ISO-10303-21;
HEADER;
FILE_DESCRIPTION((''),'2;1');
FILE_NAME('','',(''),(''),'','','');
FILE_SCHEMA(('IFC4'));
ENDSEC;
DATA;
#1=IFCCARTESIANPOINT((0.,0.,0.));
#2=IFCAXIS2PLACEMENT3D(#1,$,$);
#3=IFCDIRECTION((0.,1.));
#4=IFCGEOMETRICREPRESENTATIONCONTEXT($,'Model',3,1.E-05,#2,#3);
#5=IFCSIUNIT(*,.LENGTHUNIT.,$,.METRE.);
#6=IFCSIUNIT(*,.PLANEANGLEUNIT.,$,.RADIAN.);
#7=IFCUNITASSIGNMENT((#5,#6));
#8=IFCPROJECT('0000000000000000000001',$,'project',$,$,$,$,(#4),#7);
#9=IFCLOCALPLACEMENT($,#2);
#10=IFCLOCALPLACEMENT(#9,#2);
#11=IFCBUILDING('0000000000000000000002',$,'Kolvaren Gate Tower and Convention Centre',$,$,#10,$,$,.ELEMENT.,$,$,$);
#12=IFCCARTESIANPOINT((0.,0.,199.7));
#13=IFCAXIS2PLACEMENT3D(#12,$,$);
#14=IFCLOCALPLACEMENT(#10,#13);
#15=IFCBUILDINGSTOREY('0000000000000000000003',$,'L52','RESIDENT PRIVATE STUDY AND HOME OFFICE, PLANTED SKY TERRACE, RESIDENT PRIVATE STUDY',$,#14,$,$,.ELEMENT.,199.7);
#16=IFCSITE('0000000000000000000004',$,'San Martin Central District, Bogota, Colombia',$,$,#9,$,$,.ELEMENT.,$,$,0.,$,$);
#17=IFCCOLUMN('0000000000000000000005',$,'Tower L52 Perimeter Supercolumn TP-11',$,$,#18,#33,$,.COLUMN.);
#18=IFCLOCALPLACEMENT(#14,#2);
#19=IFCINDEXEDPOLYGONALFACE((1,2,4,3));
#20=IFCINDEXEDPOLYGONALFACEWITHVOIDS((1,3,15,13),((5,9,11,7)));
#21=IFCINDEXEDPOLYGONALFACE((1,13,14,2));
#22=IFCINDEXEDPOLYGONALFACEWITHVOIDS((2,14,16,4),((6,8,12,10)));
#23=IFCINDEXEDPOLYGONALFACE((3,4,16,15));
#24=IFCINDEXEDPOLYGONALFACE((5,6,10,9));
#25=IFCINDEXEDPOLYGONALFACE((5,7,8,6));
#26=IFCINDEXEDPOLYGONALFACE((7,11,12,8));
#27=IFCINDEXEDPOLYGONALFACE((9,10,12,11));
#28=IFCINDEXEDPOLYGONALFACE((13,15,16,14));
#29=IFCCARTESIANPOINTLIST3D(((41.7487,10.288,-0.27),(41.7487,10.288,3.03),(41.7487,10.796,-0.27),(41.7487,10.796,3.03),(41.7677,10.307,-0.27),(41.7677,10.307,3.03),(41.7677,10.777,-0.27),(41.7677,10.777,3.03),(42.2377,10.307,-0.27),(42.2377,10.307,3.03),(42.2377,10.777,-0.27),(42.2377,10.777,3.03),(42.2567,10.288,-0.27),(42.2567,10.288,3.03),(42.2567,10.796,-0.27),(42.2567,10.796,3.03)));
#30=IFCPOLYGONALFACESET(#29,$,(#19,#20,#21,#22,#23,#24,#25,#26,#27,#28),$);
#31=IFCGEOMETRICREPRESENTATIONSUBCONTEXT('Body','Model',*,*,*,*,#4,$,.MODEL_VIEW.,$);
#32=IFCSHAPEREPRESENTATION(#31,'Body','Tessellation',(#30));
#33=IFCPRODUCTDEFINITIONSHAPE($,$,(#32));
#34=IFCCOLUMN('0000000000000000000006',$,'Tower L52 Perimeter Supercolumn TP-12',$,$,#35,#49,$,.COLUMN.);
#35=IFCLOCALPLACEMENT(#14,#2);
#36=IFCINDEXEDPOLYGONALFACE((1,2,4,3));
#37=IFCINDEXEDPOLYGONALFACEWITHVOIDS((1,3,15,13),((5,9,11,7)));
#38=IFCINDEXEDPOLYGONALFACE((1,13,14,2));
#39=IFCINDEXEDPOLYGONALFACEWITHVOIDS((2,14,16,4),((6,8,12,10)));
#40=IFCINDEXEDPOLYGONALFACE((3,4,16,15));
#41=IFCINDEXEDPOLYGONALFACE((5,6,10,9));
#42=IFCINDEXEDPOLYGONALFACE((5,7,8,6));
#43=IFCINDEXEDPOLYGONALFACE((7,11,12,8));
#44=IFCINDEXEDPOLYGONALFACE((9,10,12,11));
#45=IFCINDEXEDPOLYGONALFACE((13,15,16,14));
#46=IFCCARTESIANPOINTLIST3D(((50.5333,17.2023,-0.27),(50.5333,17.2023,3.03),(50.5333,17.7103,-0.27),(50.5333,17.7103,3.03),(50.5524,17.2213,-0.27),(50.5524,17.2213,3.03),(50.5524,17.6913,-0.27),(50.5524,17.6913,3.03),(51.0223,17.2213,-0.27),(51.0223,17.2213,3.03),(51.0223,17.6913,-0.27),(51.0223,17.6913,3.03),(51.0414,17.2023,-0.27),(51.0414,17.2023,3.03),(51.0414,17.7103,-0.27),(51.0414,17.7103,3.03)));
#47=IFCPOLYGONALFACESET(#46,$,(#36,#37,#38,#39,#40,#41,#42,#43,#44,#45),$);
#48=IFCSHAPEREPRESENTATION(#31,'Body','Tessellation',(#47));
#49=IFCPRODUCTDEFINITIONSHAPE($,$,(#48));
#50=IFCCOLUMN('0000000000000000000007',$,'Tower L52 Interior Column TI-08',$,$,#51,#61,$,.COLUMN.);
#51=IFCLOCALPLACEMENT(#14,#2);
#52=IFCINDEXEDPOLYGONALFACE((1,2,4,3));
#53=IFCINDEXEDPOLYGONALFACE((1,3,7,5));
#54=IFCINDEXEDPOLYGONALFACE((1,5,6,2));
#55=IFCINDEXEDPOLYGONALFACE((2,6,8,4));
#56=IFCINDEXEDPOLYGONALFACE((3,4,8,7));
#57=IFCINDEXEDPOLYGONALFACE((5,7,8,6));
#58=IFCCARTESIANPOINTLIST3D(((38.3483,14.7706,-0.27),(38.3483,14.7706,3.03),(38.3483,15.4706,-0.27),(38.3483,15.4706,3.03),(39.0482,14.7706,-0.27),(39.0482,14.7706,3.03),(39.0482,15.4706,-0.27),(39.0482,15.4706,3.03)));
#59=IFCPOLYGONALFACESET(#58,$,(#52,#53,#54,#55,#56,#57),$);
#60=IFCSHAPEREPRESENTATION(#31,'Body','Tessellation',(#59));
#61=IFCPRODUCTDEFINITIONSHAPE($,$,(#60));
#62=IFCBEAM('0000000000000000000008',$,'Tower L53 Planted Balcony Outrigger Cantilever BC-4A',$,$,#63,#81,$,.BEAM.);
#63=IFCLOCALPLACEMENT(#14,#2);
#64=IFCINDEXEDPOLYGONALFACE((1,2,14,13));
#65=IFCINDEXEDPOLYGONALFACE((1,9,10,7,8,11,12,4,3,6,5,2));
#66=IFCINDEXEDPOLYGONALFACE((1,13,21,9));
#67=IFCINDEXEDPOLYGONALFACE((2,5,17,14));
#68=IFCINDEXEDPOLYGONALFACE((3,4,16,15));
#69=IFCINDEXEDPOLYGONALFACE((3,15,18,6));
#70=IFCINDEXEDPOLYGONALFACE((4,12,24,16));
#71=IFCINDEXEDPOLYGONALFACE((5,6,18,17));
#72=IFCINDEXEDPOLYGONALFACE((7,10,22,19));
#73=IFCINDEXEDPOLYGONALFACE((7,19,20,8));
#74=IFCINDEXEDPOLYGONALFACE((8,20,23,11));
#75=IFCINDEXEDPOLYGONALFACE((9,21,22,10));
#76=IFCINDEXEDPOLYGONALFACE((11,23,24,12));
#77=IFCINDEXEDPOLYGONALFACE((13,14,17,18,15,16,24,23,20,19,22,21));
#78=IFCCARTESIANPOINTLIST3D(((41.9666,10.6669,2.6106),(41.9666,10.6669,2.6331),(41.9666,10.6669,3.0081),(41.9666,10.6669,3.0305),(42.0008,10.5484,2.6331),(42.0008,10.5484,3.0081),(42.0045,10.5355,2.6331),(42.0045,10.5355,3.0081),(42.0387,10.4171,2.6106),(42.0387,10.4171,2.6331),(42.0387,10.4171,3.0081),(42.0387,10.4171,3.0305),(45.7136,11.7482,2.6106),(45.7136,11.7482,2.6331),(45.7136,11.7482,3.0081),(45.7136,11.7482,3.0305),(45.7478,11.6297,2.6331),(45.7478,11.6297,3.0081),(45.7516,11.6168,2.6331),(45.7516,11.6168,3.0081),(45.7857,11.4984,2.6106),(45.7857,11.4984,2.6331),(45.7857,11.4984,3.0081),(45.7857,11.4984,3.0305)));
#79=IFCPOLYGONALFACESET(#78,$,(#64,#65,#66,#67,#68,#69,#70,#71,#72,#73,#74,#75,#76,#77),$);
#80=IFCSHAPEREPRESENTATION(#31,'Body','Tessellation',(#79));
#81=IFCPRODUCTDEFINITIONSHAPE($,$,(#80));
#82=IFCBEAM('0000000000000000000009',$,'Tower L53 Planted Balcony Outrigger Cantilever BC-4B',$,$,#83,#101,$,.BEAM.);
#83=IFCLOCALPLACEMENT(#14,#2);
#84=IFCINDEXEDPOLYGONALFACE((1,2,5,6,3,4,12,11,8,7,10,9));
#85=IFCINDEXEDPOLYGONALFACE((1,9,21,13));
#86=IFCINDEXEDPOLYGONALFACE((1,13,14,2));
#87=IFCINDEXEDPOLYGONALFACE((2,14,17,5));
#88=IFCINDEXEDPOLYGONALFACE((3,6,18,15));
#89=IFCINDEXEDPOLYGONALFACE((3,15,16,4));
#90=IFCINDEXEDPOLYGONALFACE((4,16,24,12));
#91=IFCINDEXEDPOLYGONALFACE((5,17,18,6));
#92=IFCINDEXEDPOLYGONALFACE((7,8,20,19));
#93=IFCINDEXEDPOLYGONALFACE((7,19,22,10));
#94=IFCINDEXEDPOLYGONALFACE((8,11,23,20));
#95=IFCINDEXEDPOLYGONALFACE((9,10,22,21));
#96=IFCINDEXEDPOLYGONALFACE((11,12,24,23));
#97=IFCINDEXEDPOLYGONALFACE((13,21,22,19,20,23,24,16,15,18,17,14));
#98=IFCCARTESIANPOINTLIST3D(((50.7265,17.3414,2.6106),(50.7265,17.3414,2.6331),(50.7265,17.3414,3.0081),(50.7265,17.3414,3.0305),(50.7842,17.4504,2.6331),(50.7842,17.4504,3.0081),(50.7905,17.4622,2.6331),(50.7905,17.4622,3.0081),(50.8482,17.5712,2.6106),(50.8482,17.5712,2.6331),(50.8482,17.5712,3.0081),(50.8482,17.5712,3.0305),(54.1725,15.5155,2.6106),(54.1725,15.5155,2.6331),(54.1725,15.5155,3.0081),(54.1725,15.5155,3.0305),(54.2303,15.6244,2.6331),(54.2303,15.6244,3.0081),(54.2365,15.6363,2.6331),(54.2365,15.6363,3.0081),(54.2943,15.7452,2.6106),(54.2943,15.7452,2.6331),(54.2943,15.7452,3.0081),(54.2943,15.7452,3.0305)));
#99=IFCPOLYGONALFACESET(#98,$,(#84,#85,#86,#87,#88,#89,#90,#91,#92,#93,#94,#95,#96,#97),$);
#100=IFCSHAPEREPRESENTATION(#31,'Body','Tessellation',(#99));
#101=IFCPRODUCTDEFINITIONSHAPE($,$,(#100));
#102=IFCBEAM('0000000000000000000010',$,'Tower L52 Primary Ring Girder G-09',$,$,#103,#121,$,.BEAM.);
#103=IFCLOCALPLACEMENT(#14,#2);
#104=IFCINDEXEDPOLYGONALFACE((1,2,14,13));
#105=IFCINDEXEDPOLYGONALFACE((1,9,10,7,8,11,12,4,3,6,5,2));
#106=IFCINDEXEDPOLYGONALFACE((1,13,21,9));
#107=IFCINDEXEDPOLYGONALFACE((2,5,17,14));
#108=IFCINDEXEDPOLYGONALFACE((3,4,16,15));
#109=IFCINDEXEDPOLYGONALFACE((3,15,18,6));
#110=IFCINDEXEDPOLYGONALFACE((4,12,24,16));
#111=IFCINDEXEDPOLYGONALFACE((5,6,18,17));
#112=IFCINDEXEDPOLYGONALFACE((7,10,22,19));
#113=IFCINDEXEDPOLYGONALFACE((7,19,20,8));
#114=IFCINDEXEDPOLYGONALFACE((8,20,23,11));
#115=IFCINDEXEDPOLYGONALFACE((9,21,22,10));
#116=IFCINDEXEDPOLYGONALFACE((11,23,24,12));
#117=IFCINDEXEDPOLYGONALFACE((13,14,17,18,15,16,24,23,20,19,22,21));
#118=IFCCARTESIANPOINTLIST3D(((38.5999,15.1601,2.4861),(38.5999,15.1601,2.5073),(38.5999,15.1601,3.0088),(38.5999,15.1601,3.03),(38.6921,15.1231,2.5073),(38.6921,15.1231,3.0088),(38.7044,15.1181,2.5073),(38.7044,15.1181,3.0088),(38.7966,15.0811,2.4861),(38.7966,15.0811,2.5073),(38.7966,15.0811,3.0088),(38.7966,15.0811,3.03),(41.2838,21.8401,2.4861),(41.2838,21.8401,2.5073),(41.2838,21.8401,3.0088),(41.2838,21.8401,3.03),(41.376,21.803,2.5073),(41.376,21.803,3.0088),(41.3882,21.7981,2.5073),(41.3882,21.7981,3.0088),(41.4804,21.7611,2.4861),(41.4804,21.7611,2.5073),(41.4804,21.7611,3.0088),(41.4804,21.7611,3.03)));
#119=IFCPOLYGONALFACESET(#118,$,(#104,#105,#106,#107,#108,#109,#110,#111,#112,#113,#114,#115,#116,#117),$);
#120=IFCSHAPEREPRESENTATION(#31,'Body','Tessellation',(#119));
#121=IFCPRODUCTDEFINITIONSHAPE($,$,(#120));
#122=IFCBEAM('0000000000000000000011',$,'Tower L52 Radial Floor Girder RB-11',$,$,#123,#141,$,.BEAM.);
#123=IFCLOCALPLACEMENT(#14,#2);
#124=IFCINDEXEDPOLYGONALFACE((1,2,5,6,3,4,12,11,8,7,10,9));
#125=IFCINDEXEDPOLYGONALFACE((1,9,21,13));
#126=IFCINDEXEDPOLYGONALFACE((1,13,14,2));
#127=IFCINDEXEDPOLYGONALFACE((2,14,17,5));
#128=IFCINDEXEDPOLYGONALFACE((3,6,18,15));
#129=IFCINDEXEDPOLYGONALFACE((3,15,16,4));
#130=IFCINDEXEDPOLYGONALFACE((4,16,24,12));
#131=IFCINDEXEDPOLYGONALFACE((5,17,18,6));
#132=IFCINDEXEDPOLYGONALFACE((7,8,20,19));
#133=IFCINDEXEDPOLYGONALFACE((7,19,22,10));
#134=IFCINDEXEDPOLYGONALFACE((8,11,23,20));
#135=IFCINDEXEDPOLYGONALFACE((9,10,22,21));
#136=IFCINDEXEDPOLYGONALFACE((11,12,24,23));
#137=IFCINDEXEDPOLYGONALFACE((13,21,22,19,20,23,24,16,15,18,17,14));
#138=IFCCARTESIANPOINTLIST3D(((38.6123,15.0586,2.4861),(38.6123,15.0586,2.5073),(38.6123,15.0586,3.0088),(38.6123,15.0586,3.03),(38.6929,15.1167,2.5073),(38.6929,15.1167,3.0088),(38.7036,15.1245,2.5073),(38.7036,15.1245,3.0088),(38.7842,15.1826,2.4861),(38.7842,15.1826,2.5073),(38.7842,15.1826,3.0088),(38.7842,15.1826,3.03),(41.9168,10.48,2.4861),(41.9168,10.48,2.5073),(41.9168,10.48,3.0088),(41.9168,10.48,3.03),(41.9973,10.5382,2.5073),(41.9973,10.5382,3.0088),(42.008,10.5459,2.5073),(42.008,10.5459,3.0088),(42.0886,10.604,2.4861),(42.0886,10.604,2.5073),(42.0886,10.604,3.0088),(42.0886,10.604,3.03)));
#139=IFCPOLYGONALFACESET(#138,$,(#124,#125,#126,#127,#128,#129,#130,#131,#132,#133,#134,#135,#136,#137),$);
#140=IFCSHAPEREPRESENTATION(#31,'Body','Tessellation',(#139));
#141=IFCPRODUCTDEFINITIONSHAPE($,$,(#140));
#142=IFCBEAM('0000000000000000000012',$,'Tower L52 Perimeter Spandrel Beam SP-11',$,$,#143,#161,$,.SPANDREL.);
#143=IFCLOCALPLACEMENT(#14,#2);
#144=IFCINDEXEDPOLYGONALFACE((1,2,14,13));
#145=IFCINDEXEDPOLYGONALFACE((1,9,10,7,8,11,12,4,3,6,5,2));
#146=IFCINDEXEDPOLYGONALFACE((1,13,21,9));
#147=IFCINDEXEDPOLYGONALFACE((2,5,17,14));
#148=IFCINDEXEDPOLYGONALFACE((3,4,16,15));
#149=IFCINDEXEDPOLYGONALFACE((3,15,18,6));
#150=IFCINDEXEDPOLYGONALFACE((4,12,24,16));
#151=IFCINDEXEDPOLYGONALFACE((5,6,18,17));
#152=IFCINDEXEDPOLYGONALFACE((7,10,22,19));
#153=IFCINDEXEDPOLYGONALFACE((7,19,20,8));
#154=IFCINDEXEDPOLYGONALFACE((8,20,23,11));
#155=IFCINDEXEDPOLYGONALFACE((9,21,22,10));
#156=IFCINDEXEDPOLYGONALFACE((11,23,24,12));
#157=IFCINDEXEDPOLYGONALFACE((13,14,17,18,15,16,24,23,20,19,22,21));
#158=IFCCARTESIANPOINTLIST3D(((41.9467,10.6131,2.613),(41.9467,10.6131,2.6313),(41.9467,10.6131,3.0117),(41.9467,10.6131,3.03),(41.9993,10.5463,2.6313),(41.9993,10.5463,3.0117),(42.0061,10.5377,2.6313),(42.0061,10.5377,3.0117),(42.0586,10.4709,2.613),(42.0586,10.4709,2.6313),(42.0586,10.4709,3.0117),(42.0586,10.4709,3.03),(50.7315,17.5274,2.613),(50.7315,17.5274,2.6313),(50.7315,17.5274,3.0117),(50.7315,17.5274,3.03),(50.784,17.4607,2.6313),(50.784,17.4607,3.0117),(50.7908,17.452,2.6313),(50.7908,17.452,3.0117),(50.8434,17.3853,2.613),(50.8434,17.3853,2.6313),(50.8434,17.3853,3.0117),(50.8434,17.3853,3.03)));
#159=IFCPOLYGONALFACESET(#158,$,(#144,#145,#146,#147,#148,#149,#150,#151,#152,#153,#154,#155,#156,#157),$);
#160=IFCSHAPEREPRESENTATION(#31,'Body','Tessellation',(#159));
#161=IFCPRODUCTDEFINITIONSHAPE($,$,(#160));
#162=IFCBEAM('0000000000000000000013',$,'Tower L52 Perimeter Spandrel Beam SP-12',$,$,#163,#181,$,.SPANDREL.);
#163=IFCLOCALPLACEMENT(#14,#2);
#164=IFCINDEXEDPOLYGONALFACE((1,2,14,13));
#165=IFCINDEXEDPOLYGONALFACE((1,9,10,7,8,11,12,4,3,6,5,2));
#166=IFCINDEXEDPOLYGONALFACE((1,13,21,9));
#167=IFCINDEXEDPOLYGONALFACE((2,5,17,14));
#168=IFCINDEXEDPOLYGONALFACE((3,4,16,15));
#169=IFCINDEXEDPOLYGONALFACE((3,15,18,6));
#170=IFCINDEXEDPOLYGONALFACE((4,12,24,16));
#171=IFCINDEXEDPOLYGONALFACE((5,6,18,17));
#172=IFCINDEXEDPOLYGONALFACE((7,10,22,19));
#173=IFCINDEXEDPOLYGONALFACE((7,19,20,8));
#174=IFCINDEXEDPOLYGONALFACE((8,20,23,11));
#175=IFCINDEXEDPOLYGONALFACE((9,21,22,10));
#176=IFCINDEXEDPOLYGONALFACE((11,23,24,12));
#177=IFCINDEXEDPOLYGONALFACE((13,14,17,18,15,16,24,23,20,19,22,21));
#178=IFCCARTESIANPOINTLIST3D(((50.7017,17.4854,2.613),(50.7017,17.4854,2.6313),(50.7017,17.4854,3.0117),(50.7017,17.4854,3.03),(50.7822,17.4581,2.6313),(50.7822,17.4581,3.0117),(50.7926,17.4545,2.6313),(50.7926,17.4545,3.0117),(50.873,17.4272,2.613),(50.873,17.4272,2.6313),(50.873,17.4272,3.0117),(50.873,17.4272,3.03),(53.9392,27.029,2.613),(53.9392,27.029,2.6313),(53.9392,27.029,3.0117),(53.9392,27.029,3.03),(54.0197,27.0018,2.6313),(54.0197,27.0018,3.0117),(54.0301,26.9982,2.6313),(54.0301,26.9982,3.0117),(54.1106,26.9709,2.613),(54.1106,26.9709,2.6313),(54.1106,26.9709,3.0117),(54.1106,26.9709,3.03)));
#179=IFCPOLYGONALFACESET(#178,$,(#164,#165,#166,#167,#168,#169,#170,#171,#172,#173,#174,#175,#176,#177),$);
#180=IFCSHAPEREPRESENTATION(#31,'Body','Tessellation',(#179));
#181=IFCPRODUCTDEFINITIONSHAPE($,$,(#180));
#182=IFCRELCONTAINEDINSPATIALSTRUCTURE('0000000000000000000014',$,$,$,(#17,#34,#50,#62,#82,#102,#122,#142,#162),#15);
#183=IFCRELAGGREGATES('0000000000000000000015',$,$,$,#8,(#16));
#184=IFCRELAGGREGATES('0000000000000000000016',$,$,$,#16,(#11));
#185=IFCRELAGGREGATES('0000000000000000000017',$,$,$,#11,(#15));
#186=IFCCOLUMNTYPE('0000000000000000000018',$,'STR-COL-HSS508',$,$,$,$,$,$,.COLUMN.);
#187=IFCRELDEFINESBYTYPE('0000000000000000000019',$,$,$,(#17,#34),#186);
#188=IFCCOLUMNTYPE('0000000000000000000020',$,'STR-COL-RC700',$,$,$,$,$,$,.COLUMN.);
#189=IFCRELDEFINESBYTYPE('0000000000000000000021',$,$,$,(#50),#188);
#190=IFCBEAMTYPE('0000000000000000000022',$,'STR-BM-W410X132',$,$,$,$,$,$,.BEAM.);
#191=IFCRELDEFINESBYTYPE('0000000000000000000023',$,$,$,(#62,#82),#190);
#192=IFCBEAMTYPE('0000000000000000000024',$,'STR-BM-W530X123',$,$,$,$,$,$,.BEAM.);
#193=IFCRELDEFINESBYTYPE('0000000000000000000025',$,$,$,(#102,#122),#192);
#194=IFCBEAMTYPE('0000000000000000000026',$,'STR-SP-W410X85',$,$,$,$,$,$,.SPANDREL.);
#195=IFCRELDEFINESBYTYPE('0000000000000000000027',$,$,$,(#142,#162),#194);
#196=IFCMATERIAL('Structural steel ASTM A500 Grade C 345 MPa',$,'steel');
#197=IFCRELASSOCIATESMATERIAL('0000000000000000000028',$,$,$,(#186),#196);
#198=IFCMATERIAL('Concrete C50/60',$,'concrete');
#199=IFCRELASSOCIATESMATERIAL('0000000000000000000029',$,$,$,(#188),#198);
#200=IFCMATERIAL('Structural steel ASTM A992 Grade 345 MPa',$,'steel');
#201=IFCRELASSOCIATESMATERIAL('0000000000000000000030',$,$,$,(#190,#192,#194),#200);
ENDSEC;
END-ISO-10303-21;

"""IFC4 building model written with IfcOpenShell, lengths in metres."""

from ifc_helpers import new_model, si_unit, direction, frame, origin, origin_2d, place, context, subcontext, project, spatial, rectangle, hollow_rectangle, i_section, extrude, material, material_profile, profile_set, type_object, element, save


model = new_model("IFC4")

# Units and contexts
model_context = context("Model", 3, precision=1e-05, world=origin(), true_north=direction((0.0, 1.0)))
body_context = subcontext(model_context, "Body", "Model", "MODEL_VIEW")
ifc_project = project(units=[si_unit("LENGTHUNIT", "METRE"), si_unit("PLANEANGLEUNIT", "RADIAN")], contexts=[model_context])

# Site, building, storey
site_placement = place(None, origin())
site = spatial("IfcSite", under=ifc_project, at=site_placement, Name="San Martin Central District, Bogota, Colombia", CompositionType="ELEMENT", RefElevation=0.0)
building_placement = place(site_placement, origin())
building = spatial("IfcBuilding", under=site, at=building_placement, Name="Kolvaren Gate Tower and Convention Centre", CompositionType="ELEMENT")
storey_placement = place(building_placement, frame((0.0, 0.0, 199.7)))
storey = spatial("IfcBuildingStorey", under=building, at=storey_placement, Name="L52", Description="RESIDENT PRIVATE STUDY AND HOME OFFICE, PLANTED SKY TERRACE, RESIDENT PRIVATE STUDY", CompositionType="ELEMENT", Elevation=199.7)

# Columns
ifc_material_1 = material(Name="Structural steel ASTM A500 Grade C 345 MPa", Category="steel")
ifc_material_profile_1 = material_profile(ifc_material_1, hollow_rectangle(XDim=0.5081, YDim=0.5081, WallThickness=0.019, at=origin_2d()), Name="HSS508X508X19.1")
ifc_profile_set_1 = profile_set([ifc_material_profile_1], Name="Structural steel ASTM A500 Grade C 345 MPa")
column_type_1 = type_object("IfcColumnType", Name="STR-COL-HSS508", PredefinedType="COLUMN", material=ifc_profile_set_1)
for number, where, z_axis, x_axis, name in (
    (1, (42.0027, 10.542, -0.27), (0.0, 0.0, 1.0), (1.0, 0.0, 0.0), "Tower L52 Perimeter Supercolumn TP-11"),
    (2, (50.7874, 17.4563, -0.27), (0.0, 0.0, 1.0), (1.0, 0.0, 0.0), "Tower L52 Perimeter Supercolumn TP-12"),
):
    element("IfcColumn", number, at=place(storey_placement, frame(where, z_axis=z_axis, x_axis=x_axis)), inside=storey, type_object=column_type_1, Name=name, PredefinedType="COLUMN", context=body_context, shape_type="SweptSolid", body=[
        extrude(hollow_rectangle(XDim=0.5081, YDim=0.5081, WallThickness=0.019, at=origin_2d()), origin(), (0.0, 0.0, 1.0), 3.3),
    ])
ifc_material_2 = material(Name="Concrete C50/60", Category="concrete")
ifc_material_profile_2 = material_profile(ifc_material_2, rectangle(XDim=0.7, YDim=0.7, at=origin_2d()), Name="RC-COL-700X700")
ifc_profile_set_2 = profile_set([ifc_material_profile_2], Name="Concrete C50/60")
column_type_2 = type_object("IfcColumnType", Name="STR-COL-RC700", PredefinedType="COLUMN", material=ifc_profile_set_2)
column_placement = place(storey_placement, frame((38.6982, 15.1206, -0.27), z_axis=(0.0, 0.0, 1.0), x_axis=(1.0, 0.0, 0.0)))
element("IfcColumn", 3, at=column_placement, inside=storey, type_object=column_type_2, Name="Tower L52 Interior Column TI-08", PredefinedType="COLUMN", context=body_context, shape_type="SweptSolid", body=[
    extrude(rectangle(XDim=0.7, YDim=0.7, at=origin_2d()), origin(), (0.0, 0.0, 1.0), 3.3),
])

# Beams
ifc_material_3 = material(Name="Structural steel ASTM A992 Grade 345 MPa", Category="steel")
ifc_material_profile_3 = material_profile(ifc_material_3, i_section(OverallWidth=0.26, OverallDepth=0.4199, WebThickness=0.0134, FlangeThickness=0.0225, at=origin_2d()), Name="W410X132")
ifc_profile_set_3 = profile_set([ifc_material_profile_3], Name="Structural steel ASTM A992 Grade 345 MPa")
beam_type_1 = type_object("IfcBeamType", Name="STR-BM-W410X132", PredefinedType="BEAM", material=ifc_profile_set_3)
for number, where, z_axis, x_axis, name in (
    (4, (42.0027, 10.542, 2.8206), (0.960795, 0.277258, 0.0), (-0.277258, 0.960795, 0.0), "Tower L53 Planted Balcony Outrigger Cantilever BC-4A"),
    (5, (50.7874, 17.4563, 2.8206), (0.883623, -0.468198, 0.0), (0.468198, 0.883623, 0.0), "Tower L53 Planted Balcony Outrigger Cantilever BC-4B"),
):
    element("IfcBeam", number, at=place(storey_placement, frame(where, z_axis=z_axis, x_axis=x_axis)), inside=storey, type_object=beam_type_1, Name=name, PredefinedType="BEAM", context=body_context, shape_type="SweptSolid", body=[
        extrude(i_section(OverallWidth=0.26, OverallDepth=0.4199, WebThickness=0.0134, FlangeThickness=0.0225, at=origin_2d()), origin(), (0.0, 0.0, 1.0), 3.8999),
    ])
ifc_material_profile_4 = material_profile(ifc_material_3, i_section(OverallWidth=0.2119, OverallDepth=0.5439, WebThickness=0.0132, FlangeThickness=0.0212, at=origin_2d()), Name="W530X123")
ifc_profile_set_4 = profile_set([ifc_material_profile_4], Name="Structural steel ASTM A992 Grade 345 MPa")
beam_type_2 = type_object("IfcBeamType", Name="STR-BM-W530X123", PredefinedType="BEAM", material=ifc_profile_set_4)
beam_1_placement = place(storey_placement, frame((38.6982, 15.1206, 2.7581), z_axis=(0.372811, 0.927907, 0.0), x_axis=(-0.927907, 0.372811, 0.0)))
element("IfcBeam", 6, at=beam_1_placement, inside=storey, type_object=beam_type_2, Name="Tower L52 Primary Ring Girder G-09", PredefinedType="BEAM", context=body_context, shape_type="SweptSolid", body=[
    extrude(i_section(OverallWidth=0.2119, OverallDepth=0.5439, WebThickness=0.0132, FlangeThickness=0.0212, at=origin_2d()), origin(), (0.0, 0.0, 1.0), 7.199),
])
beam_2_placement = place(storey_placement, frame((38.6982, 15.1206, 2.7581), z_axis=(0.585219, -0.810875, 0.0), x_axis=(0.810875, 0.585219, 0.0)))
element("IfcBeam", 7, at=beam_2_placement, inside=storey, type_object=beam_type_2, Name="Tower L52 Radial Floor Girder RB-11", PredefinedType="BEAM", context=body_context, shape_type="SweptSolid", body=[
    extrude(i_section(OverallWidth=0.2119, OverallDepth=0.5439, WebThickness=0.0132, FlangeThickness=0.0212, at=origin_2d()), origin(), (0.0, 0.0, 1.0), 5.6465),
])
ifc_material_profile_5 = material_profile(ifc_material_3, i_section(OverallWidth=0.1809, OverallDepth=0.417, WebThickness=0.011, FlangeThickness=0.0183, at=origin_2d()), Name="W410X85")
ifc_profile_set_5 = profile_set([ifc_material_profile_5], Name="Structural steel ASTM A992 Grade 345 MPa")
beam_type_3 = type_object("IfcBeamType", Name="STR-SP-W410X85", PredefinedType="SPANDREL", material=ifc_profile_set_5)
beam_3_placement = place(storey_placement, frame((42.0027, 10.542, 2.8215), z_axis=(0.785794, 0.618489, 0.0), x_axis=(-0.618489, 0.785794, 0.0)))
element("IfcBeam", 8, at=beam_3_placement, inside=storey, type_object=beam_type_3, Name="Tower L52 Perimeter Spandrel Beam SP-11", PredefinedType="SPANDREL", context=body_context, shape_type="SweptSolid", body=[
    extrude(i_section(OverallWidth=0.1809, OverallDepth=0.417, WebThickness=0.011, FlangeThickness=0.0183, at=origin_2d()), origin(), (0.0, 0.0, 1.0), 11.1794),
])
beam_4_placement = place(storey_placement, frame((50.7874, 17.4563, 2.8215), z_axis=(0.321253, 0.946994, 0.0), x_axis=(-0.946994, 0.321253, 0.0)))
element("IfcBeam", 9, at=beam_4_placement, inside=storey, type_object=beam_type_3, Name="Tower L52 Perimeter Spandrel Beam SP-12", PredefinedType="SPANDREL", context=body_context, shape_type="SweptSolid", body=[
    extrude(i_section(OverallWidth=0.1809, OverallDepth=0.417, WebThickness=0.011, FlangeThickness=0.0183, at=origin_2d()), origin(), (0.0, 0.0, 1.0), 10.0779),
])

save(model, "model.ifc")
